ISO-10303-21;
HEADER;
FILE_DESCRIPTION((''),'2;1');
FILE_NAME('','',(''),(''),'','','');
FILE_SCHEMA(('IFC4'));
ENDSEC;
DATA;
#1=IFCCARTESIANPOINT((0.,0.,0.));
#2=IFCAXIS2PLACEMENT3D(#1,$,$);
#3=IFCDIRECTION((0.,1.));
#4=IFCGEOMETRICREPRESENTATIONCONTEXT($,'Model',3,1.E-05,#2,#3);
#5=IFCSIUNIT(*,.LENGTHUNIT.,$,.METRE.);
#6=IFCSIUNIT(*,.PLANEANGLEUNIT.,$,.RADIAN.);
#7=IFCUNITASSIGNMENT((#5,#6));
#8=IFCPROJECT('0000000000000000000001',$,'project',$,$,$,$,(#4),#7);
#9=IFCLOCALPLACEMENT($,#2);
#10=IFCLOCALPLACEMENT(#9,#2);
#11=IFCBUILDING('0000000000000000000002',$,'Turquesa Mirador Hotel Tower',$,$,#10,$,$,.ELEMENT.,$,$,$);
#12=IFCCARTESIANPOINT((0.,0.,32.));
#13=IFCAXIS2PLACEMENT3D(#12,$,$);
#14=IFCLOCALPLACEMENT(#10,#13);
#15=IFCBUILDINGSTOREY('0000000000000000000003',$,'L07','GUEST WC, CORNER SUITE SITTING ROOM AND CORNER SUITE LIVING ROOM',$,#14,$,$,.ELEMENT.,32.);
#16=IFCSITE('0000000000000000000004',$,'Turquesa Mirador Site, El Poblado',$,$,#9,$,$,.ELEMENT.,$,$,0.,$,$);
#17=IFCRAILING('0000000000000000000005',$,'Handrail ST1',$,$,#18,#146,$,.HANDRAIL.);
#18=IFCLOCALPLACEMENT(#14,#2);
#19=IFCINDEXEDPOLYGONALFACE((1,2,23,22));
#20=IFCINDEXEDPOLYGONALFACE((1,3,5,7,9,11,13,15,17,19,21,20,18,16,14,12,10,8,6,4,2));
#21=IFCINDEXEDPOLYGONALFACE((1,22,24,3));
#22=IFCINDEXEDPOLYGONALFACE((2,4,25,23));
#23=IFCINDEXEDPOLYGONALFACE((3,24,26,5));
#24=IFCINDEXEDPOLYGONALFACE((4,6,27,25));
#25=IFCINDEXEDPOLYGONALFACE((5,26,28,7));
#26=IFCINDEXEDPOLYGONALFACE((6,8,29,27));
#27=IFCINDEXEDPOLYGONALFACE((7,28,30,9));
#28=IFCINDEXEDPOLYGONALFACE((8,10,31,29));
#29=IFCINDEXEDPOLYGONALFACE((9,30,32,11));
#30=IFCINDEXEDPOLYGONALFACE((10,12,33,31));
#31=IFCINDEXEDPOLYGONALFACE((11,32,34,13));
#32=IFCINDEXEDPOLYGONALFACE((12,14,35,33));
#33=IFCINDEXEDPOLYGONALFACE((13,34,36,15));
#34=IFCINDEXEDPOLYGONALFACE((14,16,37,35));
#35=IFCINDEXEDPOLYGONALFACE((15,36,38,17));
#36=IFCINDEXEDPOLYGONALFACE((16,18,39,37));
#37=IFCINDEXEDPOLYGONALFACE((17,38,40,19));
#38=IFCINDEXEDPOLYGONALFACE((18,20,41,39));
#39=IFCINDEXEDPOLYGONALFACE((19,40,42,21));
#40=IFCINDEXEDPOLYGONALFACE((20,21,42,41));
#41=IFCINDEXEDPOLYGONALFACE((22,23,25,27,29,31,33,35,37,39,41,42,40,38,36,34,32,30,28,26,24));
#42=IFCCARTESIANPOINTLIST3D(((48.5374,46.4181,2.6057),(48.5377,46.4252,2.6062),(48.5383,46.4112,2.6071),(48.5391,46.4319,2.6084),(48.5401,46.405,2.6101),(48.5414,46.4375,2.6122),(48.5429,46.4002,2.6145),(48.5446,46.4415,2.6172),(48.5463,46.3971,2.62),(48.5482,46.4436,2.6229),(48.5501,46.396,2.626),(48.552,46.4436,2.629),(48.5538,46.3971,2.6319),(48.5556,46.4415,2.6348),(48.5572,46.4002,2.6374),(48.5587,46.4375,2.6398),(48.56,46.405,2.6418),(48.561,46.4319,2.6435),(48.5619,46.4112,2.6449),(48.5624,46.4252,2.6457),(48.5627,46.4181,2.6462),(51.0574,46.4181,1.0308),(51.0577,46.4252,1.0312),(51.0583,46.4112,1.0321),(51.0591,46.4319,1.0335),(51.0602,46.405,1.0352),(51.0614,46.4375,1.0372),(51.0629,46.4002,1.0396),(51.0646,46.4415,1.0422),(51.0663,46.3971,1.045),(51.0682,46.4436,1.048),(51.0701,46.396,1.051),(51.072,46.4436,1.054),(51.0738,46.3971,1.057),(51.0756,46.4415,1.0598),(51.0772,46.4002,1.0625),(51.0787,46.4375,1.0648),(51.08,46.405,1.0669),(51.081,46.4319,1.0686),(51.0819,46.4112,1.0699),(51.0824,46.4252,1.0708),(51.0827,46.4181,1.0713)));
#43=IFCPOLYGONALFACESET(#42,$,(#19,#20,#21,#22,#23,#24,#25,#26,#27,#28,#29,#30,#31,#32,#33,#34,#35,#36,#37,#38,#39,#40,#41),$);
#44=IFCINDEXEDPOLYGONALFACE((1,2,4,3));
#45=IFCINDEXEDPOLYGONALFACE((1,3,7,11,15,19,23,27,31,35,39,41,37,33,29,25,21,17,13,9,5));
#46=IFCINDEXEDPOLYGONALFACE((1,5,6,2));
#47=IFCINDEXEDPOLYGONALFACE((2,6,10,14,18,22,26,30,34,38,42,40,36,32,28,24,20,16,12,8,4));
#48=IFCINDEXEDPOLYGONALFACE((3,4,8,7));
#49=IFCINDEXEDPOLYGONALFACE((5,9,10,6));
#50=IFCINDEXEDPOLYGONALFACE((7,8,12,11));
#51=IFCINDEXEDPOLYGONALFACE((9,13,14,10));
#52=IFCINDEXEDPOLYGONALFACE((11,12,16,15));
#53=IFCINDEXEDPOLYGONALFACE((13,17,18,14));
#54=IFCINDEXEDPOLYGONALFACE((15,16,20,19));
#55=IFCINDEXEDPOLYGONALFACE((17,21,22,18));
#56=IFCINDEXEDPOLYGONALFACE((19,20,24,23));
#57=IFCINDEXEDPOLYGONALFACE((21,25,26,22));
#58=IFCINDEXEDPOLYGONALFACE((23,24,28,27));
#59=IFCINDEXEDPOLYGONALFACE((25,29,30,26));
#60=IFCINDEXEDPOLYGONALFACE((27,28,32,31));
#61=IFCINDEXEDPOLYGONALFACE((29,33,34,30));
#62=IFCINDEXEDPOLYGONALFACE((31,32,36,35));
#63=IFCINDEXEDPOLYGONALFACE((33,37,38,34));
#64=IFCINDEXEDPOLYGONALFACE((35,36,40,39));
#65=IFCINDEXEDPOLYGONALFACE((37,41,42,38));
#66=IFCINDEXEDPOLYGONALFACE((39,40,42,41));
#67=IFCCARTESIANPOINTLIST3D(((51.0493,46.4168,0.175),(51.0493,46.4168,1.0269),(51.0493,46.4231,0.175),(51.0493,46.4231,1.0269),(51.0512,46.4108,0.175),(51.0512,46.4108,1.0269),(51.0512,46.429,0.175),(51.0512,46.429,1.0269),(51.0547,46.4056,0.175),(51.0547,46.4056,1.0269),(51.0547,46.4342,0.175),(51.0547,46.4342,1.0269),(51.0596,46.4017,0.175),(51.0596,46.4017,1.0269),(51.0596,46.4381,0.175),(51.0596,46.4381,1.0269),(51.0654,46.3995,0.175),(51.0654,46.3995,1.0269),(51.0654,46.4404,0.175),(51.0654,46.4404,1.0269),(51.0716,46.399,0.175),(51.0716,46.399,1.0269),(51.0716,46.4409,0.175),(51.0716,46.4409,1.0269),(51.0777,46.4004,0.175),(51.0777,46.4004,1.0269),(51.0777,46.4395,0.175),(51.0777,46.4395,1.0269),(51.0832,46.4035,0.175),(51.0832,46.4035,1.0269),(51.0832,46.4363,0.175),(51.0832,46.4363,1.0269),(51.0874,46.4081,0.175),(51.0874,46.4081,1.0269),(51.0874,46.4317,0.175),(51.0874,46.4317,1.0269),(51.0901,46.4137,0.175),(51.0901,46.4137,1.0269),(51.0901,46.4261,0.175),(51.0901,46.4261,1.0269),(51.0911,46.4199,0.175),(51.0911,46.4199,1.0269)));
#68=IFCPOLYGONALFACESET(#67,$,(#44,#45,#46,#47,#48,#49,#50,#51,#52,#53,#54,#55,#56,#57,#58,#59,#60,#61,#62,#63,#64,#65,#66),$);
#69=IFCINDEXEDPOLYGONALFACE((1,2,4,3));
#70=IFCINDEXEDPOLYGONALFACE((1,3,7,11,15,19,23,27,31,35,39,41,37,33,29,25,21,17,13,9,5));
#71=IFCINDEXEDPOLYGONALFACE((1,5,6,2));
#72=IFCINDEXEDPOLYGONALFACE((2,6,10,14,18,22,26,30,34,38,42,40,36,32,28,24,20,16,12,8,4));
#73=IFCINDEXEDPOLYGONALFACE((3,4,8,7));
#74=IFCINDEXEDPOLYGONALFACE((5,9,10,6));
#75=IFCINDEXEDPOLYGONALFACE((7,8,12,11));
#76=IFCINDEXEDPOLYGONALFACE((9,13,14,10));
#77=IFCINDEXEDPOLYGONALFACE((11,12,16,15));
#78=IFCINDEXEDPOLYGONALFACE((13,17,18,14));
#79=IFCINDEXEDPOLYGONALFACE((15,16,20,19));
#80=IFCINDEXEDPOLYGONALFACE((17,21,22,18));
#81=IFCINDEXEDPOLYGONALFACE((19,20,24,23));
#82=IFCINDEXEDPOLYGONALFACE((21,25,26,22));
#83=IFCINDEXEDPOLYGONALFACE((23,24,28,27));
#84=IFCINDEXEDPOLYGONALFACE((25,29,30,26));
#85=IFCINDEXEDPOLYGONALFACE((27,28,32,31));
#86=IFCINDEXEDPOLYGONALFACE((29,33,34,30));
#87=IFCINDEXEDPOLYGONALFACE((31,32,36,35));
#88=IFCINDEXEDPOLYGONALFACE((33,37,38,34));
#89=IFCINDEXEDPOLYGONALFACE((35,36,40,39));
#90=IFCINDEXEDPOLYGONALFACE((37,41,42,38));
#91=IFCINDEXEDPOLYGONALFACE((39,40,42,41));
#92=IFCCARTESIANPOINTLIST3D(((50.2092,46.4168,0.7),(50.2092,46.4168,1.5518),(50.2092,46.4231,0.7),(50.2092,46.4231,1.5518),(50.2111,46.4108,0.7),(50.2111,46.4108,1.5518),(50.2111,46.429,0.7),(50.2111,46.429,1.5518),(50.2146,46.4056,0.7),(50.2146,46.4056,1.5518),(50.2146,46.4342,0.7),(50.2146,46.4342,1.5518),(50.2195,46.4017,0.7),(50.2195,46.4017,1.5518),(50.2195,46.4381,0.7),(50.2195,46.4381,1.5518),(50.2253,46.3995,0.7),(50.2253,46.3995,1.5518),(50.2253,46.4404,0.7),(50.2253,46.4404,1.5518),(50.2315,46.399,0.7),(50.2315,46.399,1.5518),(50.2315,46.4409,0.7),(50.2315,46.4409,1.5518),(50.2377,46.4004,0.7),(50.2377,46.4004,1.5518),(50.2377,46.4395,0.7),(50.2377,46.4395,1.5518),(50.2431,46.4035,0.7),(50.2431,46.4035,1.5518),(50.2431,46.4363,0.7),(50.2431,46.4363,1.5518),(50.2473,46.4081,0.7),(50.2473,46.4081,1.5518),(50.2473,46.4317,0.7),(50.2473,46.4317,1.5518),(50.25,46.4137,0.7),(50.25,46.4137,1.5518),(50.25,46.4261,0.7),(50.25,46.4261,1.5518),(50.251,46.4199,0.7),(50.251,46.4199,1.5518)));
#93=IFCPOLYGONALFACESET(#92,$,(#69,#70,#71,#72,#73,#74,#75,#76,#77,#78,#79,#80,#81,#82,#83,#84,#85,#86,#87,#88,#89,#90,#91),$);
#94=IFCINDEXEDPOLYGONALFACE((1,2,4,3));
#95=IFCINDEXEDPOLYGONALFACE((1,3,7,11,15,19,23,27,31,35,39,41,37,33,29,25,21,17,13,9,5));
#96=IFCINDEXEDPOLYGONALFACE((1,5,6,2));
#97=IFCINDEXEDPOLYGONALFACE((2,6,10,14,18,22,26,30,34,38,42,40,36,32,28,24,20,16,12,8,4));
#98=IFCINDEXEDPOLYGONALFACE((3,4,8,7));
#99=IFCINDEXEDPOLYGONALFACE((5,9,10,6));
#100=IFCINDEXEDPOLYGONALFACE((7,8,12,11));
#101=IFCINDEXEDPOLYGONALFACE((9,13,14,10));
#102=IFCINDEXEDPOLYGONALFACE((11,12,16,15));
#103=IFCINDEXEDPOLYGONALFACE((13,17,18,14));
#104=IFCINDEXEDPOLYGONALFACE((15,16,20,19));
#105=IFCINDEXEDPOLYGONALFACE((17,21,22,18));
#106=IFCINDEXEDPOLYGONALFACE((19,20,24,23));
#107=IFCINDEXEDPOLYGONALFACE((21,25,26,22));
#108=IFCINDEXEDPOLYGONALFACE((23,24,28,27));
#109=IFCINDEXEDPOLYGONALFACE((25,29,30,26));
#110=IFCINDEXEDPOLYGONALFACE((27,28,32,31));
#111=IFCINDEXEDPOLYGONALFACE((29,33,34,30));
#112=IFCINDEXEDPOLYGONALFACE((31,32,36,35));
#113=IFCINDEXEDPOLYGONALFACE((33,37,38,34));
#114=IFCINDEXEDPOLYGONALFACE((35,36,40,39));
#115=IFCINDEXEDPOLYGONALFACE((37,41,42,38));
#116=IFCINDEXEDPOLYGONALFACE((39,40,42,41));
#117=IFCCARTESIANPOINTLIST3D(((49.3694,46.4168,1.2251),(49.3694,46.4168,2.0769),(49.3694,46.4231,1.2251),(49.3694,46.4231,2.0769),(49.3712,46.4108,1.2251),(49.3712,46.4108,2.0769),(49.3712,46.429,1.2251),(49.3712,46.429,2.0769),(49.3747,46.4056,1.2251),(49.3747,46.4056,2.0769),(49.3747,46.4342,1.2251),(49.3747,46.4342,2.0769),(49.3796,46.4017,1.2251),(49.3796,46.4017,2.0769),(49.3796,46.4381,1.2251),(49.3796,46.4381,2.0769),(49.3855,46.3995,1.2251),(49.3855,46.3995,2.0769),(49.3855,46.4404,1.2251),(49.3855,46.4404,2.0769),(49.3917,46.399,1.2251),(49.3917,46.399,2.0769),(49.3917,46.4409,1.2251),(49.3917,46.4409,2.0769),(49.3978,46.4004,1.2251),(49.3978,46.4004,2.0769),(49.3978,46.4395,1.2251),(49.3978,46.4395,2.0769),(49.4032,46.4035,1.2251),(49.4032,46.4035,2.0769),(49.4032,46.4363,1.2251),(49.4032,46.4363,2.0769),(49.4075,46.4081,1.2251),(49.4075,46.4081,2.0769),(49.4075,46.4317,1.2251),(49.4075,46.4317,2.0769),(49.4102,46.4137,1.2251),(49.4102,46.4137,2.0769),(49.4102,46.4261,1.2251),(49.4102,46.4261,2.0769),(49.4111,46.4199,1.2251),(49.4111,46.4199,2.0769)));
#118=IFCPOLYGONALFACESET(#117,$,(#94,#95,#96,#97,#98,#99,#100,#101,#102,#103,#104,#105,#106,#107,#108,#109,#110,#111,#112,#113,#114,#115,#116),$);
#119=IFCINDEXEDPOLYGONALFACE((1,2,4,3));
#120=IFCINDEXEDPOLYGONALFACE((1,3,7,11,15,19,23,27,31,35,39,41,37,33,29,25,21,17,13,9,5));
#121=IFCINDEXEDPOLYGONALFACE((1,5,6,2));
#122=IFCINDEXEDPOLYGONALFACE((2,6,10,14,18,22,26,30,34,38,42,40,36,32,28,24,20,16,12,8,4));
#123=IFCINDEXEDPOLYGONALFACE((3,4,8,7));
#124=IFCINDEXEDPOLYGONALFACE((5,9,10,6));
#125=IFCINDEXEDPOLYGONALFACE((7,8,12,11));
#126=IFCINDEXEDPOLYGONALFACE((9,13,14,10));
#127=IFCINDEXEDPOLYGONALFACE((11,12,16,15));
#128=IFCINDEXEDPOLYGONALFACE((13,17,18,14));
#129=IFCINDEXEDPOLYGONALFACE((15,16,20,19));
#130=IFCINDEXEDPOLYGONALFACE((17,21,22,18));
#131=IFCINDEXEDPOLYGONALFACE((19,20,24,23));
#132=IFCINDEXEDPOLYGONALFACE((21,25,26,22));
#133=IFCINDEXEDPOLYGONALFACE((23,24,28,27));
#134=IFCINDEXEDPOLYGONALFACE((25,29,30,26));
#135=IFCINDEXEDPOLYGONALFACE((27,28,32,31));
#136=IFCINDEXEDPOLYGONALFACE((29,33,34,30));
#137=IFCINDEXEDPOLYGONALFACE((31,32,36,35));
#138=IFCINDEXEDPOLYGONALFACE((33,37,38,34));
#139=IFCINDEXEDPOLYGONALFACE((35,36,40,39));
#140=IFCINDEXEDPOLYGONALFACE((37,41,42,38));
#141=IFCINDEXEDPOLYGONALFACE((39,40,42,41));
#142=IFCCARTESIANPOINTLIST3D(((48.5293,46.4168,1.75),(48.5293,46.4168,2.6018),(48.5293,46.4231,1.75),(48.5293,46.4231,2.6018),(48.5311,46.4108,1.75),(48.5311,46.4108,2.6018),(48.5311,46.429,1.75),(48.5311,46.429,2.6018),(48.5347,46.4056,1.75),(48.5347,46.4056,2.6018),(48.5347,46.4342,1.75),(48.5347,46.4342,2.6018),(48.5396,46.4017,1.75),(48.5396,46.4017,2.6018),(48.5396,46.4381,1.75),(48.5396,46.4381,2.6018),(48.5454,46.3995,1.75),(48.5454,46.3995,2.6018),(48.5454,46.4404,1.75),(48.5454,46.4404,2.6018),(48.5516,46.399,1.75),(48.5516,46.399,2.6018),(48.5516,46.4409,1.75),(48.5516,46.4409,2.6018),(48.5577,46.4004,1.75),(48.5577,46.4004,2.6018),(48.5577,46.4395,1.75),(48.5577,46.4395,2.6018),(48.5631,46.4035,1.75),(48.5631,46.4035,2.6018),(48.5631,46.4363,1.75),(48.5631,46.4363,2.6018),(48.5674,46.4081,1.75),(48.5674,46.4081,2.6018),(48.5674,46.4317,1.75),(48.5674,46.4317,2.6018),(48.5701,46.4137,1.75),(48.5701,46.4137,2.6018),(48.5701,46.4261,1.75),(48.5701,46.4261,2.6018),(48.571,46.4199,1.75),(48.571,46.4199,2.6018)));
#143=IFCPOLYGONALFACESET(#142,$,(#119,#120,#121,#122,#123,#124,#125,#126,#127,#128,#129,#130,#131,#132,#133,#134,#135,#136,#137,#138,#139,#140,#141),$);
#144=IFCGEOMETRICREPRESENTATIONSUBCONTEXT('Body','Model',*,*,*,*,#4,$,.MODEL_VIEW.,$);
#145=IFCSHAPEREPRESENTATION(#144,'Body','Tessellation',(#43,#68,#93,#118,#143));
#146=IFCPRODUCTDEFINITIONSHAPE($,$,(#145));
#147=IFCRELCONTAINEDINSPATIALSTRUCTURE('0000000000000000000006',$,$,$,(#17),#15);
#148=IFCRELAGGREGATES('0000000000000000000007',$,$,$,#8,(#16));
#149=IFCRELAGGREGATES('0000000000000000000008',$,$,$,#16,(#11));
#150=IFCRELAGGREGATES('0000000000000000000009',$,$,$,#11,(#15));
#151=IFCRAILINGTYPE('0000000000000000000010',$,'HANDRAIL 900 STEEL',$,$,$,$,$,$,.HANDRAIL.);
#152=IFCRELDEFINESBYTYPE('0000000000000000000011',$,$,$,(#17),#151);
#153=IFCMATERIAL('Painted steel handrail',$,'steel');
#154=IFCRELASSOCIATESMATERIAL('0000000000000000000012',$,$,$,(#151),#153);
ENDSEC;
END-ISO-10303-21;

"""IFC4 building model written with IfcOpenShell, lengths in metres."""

from ifc_helpers import new_model, si_unit, direction, frame, origin, origin_2d, place, context, subcontext, project, spatial, circle, extrude, material, type_object, element, save


model = new_model("IFC4")

# Units and contexts
model_context = context("Model", 3, precision=1e-05, world=origin(), true_north=direction((0.0, 1.0)))
body_context = subcontext(model_context, "Body", "Model", "MODEL_VIEW")
ifc_project = project(units=[si_unit("LENGTHUNIT", "METRE"), si_unit("PLANEANGLEUNIT", "RADIAN")], contexts=[model_context])

# Site, building, storey
site_placement = place(None, origin())
site = spatial("IfcSite", under=ifc_project, at=site_placement, Name="Turquesa Mirador Site, El Poblado", CompositionType="ELEMENT", RefElevation=0.0)
building_placement = place(site_placement, origin())
building = spatial("IfcBuilding", under=site, at=building_placement, Name="Turquesa Mirador Hotel Tower", CompositionType="ELEMENT")
storey_placement = place(building_placement, frame((0.0, 0.0, 32.0)))
storey = spatial("IfcBuildingStorey", under=building, at=storey_placement, Name="L07", Description="GUEST WC, CORNER SUITE SITTING ROOM AND CORNER SUITE LIVING ROOM", CompositionType="ELEMENT", Elevation=32.0)

# Railing
ifc_material_1 = material(Name="Painted steel handrail", Category="steel")
railing_type = type_object("IfcRailingType", Name="HANDRAIL 900 STEEL", PredefinedType="HANDRAIL", material=ifc_material_1)
railing_1_placement = place(storey_placement, frame((51.0701, 46.4199, 0.175)))
element("IfcRailing", 1, at=railing_1_placement, inside=storey, type_object=railing_type, Name="Handrail ST1", PredefinedType="HANDRAIL", context=body_context, shape_type="SweptSolid", body=[
    extrude(circle(Radius=0.0239, at=origin_2d()), frame((0.0, 0.0, 0.876), z_axis=(-0.848008, 0.0, 0.529984), x_axis=(0.0, -1.0, 0.0)), (0.0, 0.0, 1.0), 2.9717),
    extrude(circle(Radius=0.021, at=origin_2d()), origin(), (0.0, 0.0, 1.0), 0.8518),
    extrude(circle(Radius=0.021, at=origin_2d()), frame((-0.8401, 0.0, 0.5249)), (0.0, 0.0, 1.0), 0.8518),
    extrude(circle(Radius=0.021, at=origin_2d()), frame((-1.6799, 0.0, 1.05)), (0.0, 0.0, 1.0), 0.8518),
    extrude(circle(Radius=0.021, at=origin_2d()), frame((-2.52, 0.0, 1.575)), (0.0, 0.0, 1.0), 0.8518),
])

save(model, "model.ifc")
